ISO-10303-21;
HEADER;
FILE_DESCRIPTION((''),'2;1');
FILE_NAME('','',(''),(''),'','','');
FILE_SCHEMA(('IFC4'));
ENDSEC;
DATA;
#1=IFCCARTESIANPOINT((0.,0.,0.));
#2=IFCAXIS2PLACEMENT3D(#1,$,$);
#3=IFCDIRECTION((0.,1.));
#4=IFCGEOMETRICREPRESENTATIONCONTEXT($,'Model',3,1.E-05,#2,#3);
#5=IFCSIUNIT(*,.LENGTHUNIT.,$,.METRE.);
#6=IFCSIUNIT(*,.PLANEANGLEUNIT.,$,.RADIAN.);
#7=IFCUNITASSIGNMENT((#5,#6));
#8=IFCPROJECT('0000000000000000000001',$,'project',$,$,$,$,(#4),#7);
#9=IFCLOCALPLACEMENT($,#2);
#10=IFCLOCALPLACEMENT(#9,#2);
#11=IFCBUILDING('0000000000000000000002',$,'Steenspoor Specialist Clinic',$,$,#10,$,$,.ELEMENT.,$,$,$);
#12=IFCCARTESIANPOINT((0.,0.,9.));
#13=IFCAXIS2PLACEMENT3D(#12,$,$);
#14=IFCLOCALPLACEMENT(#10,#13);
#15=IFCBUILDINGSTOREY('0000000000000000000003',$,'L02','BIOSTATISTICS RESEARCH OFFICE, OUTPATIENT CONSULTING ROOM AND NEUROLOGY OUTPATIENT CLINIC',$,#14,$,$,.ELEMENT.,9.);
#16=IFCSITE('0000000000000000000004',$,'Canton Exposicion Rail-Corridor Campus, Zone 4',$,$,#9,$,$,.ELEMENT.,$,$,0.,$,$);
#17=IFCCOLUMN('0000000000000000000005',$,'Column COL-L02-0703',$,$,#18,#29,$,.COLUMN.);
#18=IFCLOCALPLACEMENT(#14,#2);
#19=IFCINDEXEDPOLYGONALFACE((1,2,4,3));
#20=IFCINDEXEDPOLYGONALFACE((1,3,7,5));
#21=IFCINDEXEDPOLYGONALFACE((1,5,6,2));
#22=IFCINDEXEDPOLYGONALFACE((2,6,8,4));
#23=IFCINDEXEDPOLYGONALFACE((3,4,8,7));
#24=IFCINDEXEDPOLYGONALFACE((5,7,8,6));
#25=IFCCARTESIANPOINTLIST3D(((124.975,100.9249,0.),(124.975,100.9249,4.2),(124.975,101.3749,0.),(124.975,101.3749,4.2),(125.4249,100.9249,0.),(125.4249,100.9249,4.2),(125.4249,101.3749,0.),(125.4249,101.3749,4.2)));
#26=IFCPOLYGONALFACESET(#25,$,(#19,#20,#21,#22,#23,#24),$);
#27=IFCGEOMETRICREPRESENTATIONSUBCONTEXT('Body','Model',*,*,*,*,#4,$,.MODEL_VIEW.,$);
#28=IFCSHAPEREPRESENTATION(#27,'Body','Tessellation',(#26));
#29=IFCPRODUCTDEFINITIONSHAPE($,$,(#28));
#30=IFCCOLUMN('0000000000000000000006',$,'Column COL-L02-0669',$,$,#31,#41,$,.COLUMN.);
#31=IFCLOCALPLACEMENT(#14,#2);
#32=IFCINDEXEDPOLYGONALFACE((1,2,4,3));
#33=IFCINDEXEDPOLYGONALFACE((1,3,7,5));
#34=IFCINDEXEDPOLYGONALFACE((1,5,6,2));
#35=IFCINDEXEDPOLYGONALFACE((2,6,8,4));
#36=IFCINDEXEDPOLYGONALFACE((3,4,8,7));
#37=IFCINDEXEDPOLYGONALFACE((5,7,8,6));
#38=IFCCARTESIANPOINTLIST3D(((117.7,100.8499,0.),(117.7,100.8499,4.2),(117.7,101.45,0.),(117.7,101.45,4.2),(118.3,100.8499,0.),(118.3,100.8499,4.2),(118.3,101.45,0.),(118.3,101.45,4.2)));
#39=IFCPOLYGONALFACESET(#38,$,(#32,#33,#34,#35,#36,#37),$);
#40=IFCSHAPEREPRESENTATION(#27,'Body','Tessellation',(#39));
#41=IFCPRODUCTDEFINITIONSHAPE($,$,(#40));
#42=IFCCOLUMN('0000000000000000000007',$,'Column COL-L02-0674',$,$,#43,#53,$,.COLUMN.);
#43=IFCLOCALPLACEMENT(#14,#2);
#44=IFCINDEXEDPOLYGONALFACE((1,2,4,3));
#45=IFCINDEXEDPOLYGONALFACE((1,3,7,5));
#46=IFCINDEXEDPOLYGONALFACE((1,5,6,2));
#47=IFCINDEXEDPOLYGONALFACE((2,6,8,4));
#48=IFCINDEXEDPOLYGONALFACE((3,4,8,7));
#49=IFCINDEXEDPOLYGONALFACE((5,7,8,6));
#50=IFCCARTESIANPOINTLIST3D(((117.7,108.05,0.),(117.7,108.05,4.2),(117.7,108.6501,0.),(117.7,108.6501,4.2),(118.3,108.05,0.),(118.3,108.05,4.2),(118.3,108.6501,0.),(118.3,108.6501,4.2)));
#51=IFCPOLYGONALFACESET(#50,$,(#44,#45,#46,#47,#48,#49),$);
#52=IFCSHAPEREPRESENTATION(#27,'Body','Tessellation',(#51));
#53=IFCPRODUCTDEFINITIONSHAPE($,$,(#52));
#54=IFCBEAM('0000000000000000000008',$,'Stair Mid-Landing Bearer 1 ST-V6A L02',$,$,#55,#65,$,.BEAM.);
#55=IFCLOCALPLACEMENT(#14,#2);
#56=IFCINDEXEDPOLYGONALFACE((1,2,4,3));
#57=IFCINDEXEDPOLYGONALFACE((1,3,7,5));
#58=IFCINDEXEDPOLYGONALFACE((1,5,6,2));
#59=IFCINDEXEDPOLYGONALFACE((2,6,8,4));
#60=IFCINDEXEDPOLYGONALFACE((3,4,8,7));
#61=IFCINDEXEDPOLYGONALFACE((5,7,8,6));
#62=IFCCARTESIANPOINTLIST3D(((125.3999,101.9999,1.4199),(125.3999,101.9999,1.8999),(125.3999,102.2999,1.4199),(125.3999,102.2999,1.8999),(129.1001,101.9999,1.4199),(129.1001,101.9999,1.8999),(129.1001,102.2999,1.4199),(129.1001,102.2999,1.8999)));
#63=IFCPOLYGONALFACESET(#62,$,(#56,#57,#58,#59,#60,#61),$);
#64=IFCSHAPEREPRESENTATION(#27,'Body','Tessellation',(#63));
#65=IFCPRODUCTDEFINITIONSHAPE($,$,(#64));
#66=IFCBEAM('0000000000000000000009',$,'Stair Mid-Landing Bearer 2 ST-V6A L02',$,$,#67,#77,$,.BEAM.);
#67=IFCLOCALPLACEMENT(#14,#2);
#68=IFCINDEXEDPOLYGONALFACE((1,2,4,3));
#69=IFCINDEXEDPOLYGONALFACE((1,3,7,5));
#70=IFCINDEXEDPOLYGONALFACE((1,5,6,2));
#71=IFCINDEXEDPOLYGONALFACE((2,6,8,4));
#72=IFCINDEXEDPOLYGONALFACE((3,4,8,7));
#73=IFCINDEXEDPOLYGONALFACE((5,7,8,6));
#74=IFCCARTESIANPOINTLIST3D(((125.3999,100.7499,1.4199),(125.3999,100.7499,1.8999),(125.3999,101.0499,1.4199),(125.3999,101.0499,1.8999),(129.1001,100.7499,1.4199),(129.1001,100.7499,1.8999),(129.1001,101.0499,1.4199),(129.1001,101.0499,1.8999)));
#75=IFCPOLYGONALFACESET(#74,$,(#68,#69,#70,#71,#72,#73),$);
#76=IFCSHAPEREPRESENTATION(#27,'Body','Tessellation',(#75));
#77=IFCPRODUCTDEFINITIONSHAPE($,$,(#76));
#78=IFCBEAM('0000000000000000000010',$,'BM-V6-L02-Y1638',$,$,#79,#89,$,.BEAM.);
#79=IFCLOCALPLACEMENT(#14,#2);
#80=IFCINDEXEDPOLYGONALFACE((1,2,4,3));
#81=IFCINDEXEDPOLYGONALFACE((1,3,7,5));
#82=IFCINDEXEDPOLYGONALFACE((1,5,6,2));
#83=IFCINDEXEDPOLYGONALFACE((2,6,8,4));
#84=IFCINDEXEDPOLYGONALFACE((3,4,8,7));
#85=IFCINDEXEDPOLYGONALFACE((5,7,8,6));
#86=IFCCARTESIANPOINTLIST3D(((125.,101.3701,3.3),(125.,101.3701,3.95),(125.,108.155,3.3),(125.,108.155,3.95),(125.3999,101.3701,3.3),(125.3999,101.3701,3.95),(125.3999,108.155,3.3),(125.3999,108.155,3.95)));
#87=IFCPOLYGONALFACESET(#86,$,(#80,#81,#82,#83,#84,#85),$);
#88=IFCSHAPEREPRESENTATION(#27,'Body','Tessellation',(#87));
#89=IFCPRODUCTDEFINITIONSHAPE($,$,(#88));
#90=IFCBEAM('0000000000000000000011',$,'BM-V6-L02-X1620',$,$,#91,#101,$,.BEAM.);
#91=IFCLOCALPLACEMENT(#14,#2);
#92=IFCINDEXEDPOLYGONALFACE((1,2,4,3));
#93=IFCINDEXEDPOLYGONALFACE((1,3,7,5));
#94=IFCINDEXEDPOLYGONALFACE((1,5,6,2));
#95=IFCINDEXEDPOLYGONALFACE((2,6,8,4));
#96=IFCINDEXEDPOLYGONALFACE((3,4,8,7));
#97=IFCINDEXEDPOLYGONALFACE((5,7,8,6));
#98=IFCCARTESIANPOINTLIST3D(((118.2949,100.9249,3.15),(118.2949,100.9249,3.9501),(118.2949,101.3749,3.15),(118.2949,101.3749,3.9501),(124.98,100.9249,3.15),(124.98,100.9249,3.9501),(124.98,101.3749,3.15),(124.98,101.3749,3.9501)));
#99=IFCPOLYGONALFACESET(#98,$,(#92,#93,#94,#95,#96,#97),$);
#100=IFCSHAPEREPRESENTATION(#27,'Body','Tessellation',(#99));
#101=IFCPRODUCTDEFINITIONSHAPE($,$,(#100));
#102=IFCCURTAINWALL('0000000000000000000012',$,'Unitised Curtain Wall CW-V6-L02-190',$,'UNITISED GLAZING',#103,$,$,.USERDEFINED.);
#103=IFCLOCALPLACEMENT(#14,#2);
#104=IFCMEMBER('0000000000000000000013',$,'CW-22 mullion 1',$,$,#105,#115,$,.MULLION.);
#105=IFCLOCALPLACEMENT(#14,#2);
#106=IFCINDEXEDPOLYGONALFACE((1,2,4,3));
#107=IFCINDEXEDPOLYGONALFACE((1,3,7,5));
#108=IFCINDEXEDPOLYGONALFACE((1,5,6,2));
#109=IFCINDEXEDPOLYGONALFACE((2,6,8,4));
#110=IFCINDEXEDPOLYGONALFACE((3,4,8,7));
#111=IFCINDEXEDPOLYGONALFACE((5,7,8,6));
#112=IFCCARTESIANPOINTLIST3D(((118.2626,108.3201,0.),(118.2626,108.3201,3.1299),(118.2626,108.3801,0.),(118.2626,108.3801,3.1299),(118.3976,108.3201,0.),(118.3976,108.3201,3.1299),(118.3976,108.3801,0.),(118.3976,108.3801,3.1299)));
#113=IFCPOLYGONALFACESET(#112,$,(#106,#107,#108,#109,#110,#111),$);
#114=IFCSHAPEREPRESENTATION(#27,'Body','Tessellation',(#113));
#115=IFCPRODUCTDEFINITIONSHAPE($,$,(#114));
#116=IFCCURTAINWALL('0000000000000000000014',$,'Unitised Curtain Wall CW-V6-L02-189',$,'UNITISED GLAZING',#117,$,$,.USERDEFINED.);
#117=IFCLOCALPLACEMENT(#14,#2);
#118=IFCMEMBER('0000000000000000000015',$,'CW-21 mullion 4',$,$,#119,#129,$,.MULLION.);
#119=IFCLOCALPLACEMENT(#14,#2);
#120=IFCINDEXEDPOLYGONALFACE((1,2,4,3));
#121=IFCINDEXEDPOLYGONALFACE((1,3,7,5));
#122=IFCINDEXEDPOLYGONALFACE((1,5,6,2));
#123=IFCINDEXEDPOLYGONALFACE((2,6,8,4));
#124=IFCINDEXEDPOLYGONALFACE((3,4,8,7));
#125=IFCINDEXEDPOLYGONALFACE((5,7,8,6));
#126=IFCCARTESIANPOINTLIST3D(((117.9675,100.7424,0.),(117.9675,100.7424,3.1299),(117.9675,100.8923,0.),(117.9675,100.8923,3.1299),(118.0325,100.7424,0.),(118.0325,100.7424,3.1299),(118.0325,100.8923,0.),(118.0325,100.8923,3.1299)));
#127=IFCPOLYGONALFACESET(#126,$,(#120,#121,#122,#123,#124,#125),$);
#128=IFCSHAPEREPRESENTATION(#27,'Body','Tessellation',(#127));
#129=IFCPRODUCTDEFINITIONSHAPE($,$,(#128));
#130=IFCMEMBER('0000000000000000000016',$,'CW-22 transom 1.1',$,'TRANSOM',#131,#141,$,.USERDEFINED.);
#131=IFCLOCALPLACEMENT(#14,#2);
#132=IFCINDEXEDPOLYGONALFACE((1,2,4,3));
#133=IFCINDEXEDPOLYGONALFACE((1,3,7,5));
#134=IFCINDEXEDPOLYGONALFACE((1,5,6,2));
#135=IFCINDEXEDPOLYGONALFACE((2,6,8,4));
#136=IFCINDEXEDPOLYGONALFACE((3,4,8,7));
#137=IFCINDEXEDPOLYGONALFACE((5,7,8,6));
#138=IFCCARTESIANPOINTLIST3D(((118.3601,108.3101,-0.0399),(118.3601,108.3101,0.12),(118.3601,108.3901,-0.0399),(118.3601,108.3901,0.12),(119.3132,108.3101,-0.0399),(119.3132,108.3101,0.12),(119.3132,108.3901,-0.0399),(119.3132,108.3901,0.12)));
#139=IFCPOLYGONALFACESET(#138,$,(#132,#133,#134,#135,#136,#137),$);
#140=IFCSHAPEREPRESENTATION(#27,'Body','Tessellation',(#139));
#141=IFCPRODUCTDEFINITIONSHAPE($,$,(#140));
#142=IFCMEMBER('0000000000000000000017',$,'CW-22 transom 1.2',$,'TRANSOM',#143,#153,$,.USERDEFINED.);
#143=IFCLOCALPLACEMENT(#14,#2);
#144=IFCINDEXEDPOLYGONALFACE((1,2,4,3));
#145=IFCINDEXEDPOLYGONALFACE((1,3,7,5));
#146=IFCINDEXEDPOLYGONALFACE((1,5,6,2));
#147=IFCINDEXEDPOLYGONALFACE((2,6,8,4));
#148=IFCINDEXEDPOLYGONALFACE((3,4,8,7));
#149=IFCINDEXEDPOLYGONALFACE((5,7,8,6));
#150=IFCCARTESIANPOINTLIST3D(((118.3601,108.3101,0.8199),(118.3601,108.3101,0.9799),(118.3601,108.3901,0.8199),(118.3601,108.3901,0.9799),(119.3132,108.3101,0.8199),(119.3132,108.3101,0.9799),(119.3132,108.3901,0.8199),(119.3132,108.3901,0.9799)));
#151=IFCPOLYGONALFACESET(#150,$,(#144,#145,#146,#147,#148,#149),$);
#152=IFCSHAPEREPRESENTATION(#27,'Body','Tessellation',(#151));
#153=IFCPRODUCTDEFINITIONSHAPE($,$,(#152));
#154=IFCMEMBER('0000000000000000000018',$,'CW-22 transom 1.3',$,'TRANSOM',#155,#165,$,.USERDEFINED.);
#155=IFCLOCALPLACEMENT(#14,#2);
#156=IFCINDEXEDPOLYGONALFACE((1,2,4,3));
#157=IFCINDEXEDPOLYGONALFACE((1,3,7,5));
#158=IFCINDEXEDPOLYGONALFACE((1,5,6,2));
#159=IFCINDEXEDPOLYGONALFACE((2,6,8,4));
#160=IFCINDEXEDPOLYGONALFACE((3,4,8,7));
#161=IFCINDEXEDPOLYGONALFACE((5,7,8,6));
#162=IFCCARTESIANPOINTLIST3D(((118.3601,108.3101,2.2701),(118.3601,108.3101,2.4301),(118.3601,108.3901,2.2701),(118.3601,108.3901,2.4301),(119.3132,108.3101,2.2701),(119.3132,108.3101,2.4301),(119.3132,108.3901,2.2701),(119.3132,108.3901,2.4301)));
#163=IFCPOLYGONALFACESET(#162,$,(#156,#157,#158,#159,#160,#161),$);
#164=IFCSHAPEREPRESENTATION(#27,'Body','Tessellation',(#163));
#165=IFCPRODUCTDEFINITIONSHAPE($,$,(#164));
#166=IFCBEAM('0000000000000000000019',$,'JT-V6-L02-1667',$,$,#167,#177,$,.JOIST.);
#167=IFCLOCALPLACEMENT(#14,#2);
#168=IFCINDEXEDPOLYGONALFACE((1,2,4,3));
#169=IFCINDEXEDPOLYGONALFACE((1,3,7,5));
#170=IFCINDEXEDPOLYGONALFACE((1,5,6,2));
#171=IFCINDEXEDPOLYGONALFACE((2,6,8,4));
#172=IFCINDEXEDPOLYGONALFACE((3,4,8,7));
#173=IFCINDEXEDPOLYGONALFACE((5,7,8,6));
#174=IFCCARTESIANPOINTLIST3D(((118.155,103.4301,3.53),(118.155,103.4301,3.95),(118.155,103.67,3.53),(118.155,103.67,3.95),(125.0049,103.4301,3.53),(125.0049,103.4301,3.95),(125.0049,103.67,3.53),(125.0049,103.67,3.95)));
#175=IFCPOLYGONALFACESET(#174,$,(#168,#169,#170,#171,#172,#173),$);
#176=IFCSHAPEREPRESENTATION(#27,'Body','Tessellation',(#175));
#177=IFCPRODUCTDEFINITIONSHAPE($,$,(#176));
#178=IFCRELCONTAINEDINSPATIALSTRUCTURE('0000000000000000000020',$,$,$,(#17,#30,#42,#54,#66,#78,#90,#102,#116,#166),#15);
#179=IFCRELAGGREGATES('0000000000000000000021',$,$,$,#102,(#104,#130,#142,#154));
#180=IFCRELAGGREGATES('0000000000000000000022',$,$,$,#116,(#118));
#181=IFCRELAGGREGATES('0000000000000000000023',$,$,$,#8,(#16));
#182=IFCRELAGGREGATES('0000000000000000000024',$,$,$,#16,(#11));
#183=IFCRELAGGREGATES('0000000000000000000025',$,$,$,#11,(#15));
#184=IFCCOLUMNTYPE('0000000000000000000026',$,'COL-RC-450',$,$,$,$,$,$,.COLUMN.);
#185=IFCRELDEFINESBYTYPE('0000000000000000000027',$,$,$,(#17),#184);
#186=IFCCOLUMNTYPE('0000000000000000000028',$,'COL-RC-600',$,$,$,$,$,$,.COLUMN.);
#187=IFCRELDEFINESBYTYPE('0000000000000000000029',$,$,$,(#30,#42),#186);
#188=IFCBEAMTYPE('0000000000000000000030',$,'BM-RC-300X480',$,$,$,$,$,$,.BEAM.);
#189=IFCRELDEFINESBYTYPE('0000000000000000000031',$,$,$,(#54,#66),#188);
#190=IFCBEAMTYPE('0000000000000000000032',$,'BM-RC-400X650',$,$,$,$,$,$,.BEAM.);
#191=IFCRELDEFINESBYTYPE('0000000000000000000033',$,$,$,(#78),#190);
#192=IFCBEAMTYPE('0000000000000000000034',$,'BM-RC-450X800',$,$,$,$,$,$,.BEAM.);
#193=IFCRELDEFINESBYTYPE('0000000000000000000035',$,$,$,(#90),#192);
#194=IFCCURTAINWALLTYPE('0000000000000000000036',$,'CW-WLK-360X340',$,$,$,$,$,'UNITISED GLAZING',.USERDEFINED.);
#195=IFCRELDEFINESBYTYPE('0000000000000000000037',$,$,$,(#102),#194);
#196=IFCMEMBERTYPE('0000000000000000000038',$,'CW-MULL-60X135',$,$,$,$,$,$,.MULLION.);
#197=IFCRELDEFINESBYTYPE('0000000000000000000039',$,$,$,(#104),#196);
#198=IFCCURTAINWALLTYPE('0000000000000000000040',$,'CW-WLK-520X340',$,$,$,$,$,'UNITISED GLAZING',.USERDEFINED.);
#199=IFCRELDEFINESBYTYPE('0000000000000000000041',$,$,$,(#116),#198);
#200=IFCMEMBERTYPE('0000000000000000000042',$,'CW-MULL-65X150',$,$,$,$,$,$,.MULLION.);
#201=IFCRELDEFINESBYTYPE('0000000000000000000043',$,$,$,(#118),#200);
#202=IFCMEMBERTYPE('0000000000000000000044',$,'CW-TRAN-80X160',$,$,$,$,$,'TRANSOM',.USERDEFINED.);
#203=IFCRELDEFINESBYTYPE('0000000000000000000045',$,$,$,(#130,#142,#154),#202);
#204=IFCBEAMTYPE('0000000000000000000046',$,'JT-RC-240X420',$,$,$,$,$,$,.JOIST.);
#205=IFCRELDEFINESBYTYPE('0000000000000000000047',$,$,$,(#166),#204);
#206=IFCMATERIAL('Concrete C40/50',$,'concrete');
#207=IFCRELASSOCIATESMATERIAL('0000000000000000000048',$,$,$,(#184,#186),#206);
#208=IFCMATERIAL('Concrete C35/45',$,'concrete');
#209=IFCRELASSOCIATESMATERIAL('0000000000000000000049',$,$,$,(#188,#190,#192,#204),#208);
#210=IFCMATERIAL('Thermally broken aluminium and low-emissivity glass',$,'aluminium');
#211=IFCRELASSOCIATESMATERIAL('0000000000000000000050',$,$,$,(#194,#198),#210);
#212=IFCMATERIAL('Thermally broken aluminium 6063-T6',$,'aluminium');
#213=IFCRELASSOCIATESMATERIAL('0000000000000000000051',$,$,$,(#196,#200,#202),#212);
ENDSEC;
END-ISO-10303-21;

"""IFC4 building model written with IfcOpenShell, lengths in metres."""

from ifc_helpers import new_model, si_unit, direction, frame, origin, origin_2d, place, context, subcontext, project, spatial, rectangle, extrude, material, material_profile, profile_set, type_object, element, aggregate, save


model = new_model("IFC4")

# Units and contexts
model_context = context("Model", 3, precision=1e-05, world=origin(), true_north=direction((0.0, 1.0)))
body_context = subcontext(model_context, "Body", "Model", "MODEL_VIEW")
ifc_project = project(units=[si_unit("LENGTHUNIT", "METRE"), si_unit("PLANEANGLEUNIT", "RADIAN")], contexts=[model_context])

# Site, building, storey
site_placement = place(None, origin())
site = spatial("IfcSite", under=ifc_project, at=site_placement, Name="Canton Exposicion Rail-Corridor Campus, Zone 4", CompositionType="ELEMENT", RefElevation=0.0)
building_placement = place(site_placement, origin())
building = spatial("IfcBuilding", under=site, at=building_placement, Name="Steenspoor Specialist Clinic", CompositionType="ELEMENT")
storey_placement = place(building_placement, frame((0.0, 0.0, 9.0)))
storey = spatial("IfcBuildingStorey", under=building, at=storey_placement, Name="L02", Description="BIOSTATISTICS RESEARCH OFFICE, OUTPATIENT CONSULTING ROOM AND NEUROLOGY OUTPATIENT CLINIC", CompositionType="ELEMENT", Elevation=9.0)

# Columns
ifc_material_1 = material(Name="Concrete C40/50", Category="concrete")
ifc_material_profile_1 = material_profile(ifc_material_1, rectangle(XDim=0.45, YDim=0.45, at=origin_2d()), Name="RC-COL-450X450")
ifc_profile_set_1 = profile_set([ifc_material_profile_1], Name="Concrete C40/50")
column_type_1 = type_object("IfcColumnType", Name="COL-RC-450", PredefinedType="COLUMN", material=ifc_profile_set_1)
column_placement = place(storey_placement, frame((125.2, 101.1499, 0.0), z_axis=(0.0, 0.0, 1.0), x_axis=(1.0, 0.0, 0.0)))
element("IfcColumn", 1, at=column_placement, inside=storey, type_object=column_type_1, Name="Column COL-L02-0703", PredefinedType="COLUMN", context=body_context, shape_type="SweptSolid", body=[
    extrude(rectangle(XDim=0.45, YDim=0.45, at=origin_2d()), origin(), (0.0, 0.0, 1.0), 4.2),
])
ifc_material_profile_2 = material_profile(ifc_material_1, rectangle(XDim=0.6001, YDim=0.6001, at=origin_2d()), Name="RC-COL-600X600")
ifc_profile_set_2 = profile_set([ifc_material_profile_2], Name="Concrete C40/50")
column_type_2 = type_object("IfcColumnType", Name="COL-RC-600", PredefinedType="COLUMN", material=ifc_profile_set_2)
for number, where, z_axis, x_axis, name in (
    (2, (118.0, 101.1499, 0.0), (0.0, 0.0, 1.0), (1.0, 0.0, 0.0), "Column COL-L02-0669"),
    (3, (118.0, 108.3501, 0.0), (0.0, 0.0, 1.0), (1.0, 0.0, 0.0), "Column COL-L02-0674"),
):
    element("IfcColumn", number, at=place(storey_placement, frame(where, z_axis=z_axis, x_axis=x_axis)), inside=storey, type_object=column_type_2, Name=name, PredefinedType="COLUMN", context=body_context, shape_type="SweptSolid", body=[
        extrude(rectangle(XDim=0.6001, YDim=0.6001, at=origin_2d()), origin(), (0.0, 0.0, 1.0), 4.2),
    ])

# Beams
ifc_material_2 = material(Name="Concrete C35/45", Category="concrete")
ifc_material_profile_3 = material_profile(ifc_material_2, rectangle(XDim=0.3, YDim=0.48, at=origin_2d()), Name="RC-BM-300X480")
ifc_profile_set_3 = profile_set([ifc_material_profile_3], Name="Concrete C35/45")
beam_type_1 = type_object("IfcBeamType", Name="BM-RC-300X480", PredefinedType="BEAM", material=ifc_profile_set_3)
for number, where, z_axis, x_axis, name in (
    (4, (125.3999, 102.1499, 1.6599), (1.0, 0.0, 0.0), (0.0, 1.0, 0.0), "Stair Mid-Landing Bearer 1 ST-V6A L02"),
    (5, (125.3999, 100.8999, 1.6599), (1.0, 0.0, 0.0), (0.0, 1.0, 0.0), "Stair Mid-Landing Bearer 2 ST-V6A L02"),
):
    element("IfcBeam", number, at=place(storey_placement, frame(where, z_axis=z_axis, x_axis=x_axis)), inside=storey, type_object=beam_type_1, Name=name, PredefinedType="BEAM", context=body_context, shape_type="SweptSolid", body=[
        extrude(rectangle(XDim=0.3, YDim=0.48, at=origin_2d()), origin(), (0.0, 0.0, 1.0), 3.7002),
    ])
ifc_material_profile_4 = material_profile(ifc_material_2, rectangle(XDim=0.3999, YDim=0.6499, at=origin_2d()), Name="RC-BM-400X650")
ifc_profile_set_4 = profile_set([ifc_material_profile_4], Name="Concrete C35/45")
beam_type_2 = type_object("IfcBeamType", Name="BM-RC-400X650", PredefinedType="BEAM", material=ifc_profile_set_4)
beam_1_placement = place(storey_placement, frame((125.2, 101.3701, 3.625), z_axis=(0.0, 1.0, 0.0), x_axis=(-1.0, 0.0, 0.0)))
element("IfcBeam", 6, at=beam_1_placement, inside=storey, type_object=beam_type_2, Name="BM-V6-L02-Y1638", PredefinedType="BEAM", context=body_context, shape_type="SweptSolid", body=[
    extrude(rectangle(XDim=0.3999, YDim=0.6499, at=origin_2d()), origin(), (0.0, 0.0, 1.0), 6.7849),
])
ifc_material_profile_5 = material_profile(ifc_material_2, rectangle(XDim=0.45, YDim=0.8, at=origin_2d()), Name="RC-BM-450X800")
ifc_profile_set_5 = profile_set([ifc_material_profile_5], Name="Concrete C35/45")
beam_type_3 = type_object("IfcBeamType", Name="BM-RC-450X800", PredefinedType="BEAM", material=ifc_profile_set_5)
beam_2_placement = place(storey_placement, frame((118.2949, 101.1499, 3.55), z_axis=(1.0, 0.0, 0.0), x_axis=(0.0, 1.0, 0.0)))
element("IfcBeam", 7, at=beam_2_placement, inside=storey, type_object=beam_type_3, Name="BM-V6-L02-X1620", PredefinedType="BEAM", context=body_context, shape_type="SweptSolid", body=[
    extrude(rectangle(XDim=0.45, YDim=0.8, at=origin_2d()), origin(), (0.0, 0.0, 1.0), 6.6851),
])

# Curtain walls, members
ifc_material_3 = material(Name="Thermally broken aluminium and low-emissivity glass", Category="aluminium")
curtain_wall_type_1 = type_object("IfcCurtainWallType", Name="CW-WLK-360X340", ElementType="UNITISED GLAZING", PredefinedType="USERDEFINED", material=ifc_material_3)
curtain_wall_1_placement = place(storey_placement, origin())
curtain_wall_1 = element("IfcCurtainWall", 8, at=curtain_wall_1_placement, inside=storey, type_object=curtain_wall_type_1, Name="Unitised Curtain Wall CW-V6-L02-190", ObjectType="UNITISED GLAZING", PredefinedType="USERDEFINED")
ifc_material_4 = material(Name="Thermally broken aluminium 6063-T6", Category="aluminium")
ifc_material_profile_6 = material_profile(ifc_material_4, rectangle(XDim=0.0601, YDim=0.135, at=origin_2d()), Name="CWM-60X135")
ifc_profile_set_6 = profile_set([ifc_material_profile_6], Name="Thermally broken aluminium 6063-T6")
member_type_1 = type_object("IfcMemberType", Name="CW-MULL-60X135", PredefinedType="MULLION", material=ifc_profile_set_6)
member_1_placement = place(storey_placement, frame((118.3301, 108.3501, 0.0), z_axis=(0.0, 0.0, 1.0), x_axis=(0.0, 1.0, 0.0)))
member_1 = element("IfcMember", 9, at=member_1_placement, type_object=member_type_1, Name="CW-22 mullion 1", PredefinedType="MULLION", context=body_context, shape_type="SweptSolid", body=[
    extrude(rectangle(XDim=0.0601, YDim=0.135, at=origin_2d()), origin(), (0.0, 0.0, 1.0), 3.1299),
])
curtain_wall_type_2 = type_object("IfcCurtainWallType", Name="CW-WLK-520X340", ElementType="UNITISED GLAZING", PredefinedType="USERDEFINED", material=ifc_material_3)
curtain_wall_2_placement = place(storey_placement, origin())
curtain_wall_2 = element("IfcCurtainWall", 10, at=curtain_wall_2_placement, inside=storey, type_object=curtain_wall_type_2, Name="Unitised Curtain Wall CW-V6-L02-189", ObjectType="UNITISED GLAZING", PredefinedType="USERDEFINED")
ifc_material_profile_7 = material_profile(ifc_material_4, rectangle(XDim=0.0649, YDim=0.1499, at=origin_2d()), Name="CWM-65X150")
ifc_profile_set_7 = profile_set([ifc_material_profile_7], Name="Thermally broken aluminium 6063-T6")
member_type_2 = type_object("IfcMemberType", Name="CW-MULL-65X150", PredefinedType="MULLION", material=ifc_profile_set_7)
member_2_placement = place(storey_placement, frame((118.0, 100.8174, 0.0), z_axis=(0.0, 0.0, 1.0), x_axis=(-1.0, 0.0, 0.0)))
member_2 = element("IfcMember", 11, at=member_2_placement, type_object=member_type_2, Name="CW-21 mullion 4", PredefinedType="MULLION", context=body_context, shape_type="SweptSolid", body=[
    extrude(rectangle(XDim=0.0649, YDim=0.1499, at=origin_2d()), origin(), (0.0, 0.0, 1.0), 3.1299),
])

# Members
ifc_material_profile_8 = material_profile(ifc_material_4, rectangle(XDim=0.0801, YDim=0.1599, at=origin_2d()), Name="CWT-80X160")
ifc_profile_set_8 = profile_set([ifc_material_profile_8], Name="Thermally broken aluminium 6063-T6")
member_type_3 = type_object("IfcMemberType", Name="CW-TRAN-80X160", ElementType="TRANSOM", PredefinedType="USERDEFINED", material=ifc_profile_set_8)
member_3_placement = place(storey_placement, frame((118.3601, 108.3501, 0.04), z_axis=(1.0, 0.0, 0.0), x_axis=(0.0, 1.0, 0.0)))
member_3 = element("IfcMember", 12, at=member_3_placement, type_object=member_type_3, Name="CW-22 transom 1.1", ObjectType="TRANSOM", PredefinedType="USERDEFINED", context=body_context, shape_type="SweptSolid", body=[
    extrude(rectangle(XDim=0.0801, YDim=0.1599, at=origin_2d()), origin(), (0.0, 0.0, 1.0), 0.9531),
])
member_4_placement = place(storey_placement, frame((118.3601, 108.3501, 0.8999), z_axis=(1.0, 0.0, 0.0), x_axis=(0.0, 1.0, 0.0)))
member_4 = element("IfcMember", 13, at=member_4_placement, type_object=member_type_3, Name="CW-22 transom 1.2", ObjectType="TRANSOM", PredefinedType="USERDEFINED", context=body_context, shape_type="SweptSolid", body=[
    extrude(rectangle(XDim=0.0801, YDim=0.1599, at=origin_2d()), origin(), (0.0, 0.0, 1.0), 0.9531),
])
member_5_placement = place(storey_placement, frame((118.3601, 108.3501, 2.3501), z_axis=(1.0, 0.0, 0.0), x_axis=(0.0, 1.0, 0.0)))
member_5 = element("IfcMember", 14, at=member_5_placement, type_object=member_type_3, Name="CW-22 transom 1.3", ObjectType="TRANSOM", PredefinedType="USERDEFINED", context=body_context, shape_type="SweptSolid", body=[
    extrude(rectangle(XDim=0.0801, YDim=0.1599, at=origin_2d()), origin(), (0.0, 0.0, 1.0), 0.9531),
])
aggregate(curtain_wall_1, [member_1, member_3, member_4, member_5])

# Beam
ifc_material_profile_9 = material_profile(ifc_material_2, rectangle(XDim=0.24, YDim=0.4199, at=origin_2d()), Name="RC-JT-240X420")
ifc_profile_set_9 = profile_set([ifc_material_profile_9], Name="Concrete C35/45")
beam_type_4 = type_object("IfcBeamType", Name="JT-RC-240X420", PredefinedType="JOIST", material=ifc_profile_set_9)
beam_3_placement = place(storey_placement, frame((118.155, 103.55, 3.74), z_axis=(1.0, 0.0, 0.0), x_axis=(0.0, 1.0, 0.0)))
element("IfcBeam", 15, at=beam_3_placement, inside=storey, type_object=beam_type_4, Name="JT-V6-L02-1667", PredefinedType="JOIST", context=body_context, shape_type="SweptSolid", body=[
    extrude(rectangle(XDim=0.24, YDim=0.4199, at=origin_2d()), origin(), (0.0, 0.0, 1.0), 6.8499),
])

aggregate(curtain_wall_2, [member_2])

save(model, "model.ifc")
